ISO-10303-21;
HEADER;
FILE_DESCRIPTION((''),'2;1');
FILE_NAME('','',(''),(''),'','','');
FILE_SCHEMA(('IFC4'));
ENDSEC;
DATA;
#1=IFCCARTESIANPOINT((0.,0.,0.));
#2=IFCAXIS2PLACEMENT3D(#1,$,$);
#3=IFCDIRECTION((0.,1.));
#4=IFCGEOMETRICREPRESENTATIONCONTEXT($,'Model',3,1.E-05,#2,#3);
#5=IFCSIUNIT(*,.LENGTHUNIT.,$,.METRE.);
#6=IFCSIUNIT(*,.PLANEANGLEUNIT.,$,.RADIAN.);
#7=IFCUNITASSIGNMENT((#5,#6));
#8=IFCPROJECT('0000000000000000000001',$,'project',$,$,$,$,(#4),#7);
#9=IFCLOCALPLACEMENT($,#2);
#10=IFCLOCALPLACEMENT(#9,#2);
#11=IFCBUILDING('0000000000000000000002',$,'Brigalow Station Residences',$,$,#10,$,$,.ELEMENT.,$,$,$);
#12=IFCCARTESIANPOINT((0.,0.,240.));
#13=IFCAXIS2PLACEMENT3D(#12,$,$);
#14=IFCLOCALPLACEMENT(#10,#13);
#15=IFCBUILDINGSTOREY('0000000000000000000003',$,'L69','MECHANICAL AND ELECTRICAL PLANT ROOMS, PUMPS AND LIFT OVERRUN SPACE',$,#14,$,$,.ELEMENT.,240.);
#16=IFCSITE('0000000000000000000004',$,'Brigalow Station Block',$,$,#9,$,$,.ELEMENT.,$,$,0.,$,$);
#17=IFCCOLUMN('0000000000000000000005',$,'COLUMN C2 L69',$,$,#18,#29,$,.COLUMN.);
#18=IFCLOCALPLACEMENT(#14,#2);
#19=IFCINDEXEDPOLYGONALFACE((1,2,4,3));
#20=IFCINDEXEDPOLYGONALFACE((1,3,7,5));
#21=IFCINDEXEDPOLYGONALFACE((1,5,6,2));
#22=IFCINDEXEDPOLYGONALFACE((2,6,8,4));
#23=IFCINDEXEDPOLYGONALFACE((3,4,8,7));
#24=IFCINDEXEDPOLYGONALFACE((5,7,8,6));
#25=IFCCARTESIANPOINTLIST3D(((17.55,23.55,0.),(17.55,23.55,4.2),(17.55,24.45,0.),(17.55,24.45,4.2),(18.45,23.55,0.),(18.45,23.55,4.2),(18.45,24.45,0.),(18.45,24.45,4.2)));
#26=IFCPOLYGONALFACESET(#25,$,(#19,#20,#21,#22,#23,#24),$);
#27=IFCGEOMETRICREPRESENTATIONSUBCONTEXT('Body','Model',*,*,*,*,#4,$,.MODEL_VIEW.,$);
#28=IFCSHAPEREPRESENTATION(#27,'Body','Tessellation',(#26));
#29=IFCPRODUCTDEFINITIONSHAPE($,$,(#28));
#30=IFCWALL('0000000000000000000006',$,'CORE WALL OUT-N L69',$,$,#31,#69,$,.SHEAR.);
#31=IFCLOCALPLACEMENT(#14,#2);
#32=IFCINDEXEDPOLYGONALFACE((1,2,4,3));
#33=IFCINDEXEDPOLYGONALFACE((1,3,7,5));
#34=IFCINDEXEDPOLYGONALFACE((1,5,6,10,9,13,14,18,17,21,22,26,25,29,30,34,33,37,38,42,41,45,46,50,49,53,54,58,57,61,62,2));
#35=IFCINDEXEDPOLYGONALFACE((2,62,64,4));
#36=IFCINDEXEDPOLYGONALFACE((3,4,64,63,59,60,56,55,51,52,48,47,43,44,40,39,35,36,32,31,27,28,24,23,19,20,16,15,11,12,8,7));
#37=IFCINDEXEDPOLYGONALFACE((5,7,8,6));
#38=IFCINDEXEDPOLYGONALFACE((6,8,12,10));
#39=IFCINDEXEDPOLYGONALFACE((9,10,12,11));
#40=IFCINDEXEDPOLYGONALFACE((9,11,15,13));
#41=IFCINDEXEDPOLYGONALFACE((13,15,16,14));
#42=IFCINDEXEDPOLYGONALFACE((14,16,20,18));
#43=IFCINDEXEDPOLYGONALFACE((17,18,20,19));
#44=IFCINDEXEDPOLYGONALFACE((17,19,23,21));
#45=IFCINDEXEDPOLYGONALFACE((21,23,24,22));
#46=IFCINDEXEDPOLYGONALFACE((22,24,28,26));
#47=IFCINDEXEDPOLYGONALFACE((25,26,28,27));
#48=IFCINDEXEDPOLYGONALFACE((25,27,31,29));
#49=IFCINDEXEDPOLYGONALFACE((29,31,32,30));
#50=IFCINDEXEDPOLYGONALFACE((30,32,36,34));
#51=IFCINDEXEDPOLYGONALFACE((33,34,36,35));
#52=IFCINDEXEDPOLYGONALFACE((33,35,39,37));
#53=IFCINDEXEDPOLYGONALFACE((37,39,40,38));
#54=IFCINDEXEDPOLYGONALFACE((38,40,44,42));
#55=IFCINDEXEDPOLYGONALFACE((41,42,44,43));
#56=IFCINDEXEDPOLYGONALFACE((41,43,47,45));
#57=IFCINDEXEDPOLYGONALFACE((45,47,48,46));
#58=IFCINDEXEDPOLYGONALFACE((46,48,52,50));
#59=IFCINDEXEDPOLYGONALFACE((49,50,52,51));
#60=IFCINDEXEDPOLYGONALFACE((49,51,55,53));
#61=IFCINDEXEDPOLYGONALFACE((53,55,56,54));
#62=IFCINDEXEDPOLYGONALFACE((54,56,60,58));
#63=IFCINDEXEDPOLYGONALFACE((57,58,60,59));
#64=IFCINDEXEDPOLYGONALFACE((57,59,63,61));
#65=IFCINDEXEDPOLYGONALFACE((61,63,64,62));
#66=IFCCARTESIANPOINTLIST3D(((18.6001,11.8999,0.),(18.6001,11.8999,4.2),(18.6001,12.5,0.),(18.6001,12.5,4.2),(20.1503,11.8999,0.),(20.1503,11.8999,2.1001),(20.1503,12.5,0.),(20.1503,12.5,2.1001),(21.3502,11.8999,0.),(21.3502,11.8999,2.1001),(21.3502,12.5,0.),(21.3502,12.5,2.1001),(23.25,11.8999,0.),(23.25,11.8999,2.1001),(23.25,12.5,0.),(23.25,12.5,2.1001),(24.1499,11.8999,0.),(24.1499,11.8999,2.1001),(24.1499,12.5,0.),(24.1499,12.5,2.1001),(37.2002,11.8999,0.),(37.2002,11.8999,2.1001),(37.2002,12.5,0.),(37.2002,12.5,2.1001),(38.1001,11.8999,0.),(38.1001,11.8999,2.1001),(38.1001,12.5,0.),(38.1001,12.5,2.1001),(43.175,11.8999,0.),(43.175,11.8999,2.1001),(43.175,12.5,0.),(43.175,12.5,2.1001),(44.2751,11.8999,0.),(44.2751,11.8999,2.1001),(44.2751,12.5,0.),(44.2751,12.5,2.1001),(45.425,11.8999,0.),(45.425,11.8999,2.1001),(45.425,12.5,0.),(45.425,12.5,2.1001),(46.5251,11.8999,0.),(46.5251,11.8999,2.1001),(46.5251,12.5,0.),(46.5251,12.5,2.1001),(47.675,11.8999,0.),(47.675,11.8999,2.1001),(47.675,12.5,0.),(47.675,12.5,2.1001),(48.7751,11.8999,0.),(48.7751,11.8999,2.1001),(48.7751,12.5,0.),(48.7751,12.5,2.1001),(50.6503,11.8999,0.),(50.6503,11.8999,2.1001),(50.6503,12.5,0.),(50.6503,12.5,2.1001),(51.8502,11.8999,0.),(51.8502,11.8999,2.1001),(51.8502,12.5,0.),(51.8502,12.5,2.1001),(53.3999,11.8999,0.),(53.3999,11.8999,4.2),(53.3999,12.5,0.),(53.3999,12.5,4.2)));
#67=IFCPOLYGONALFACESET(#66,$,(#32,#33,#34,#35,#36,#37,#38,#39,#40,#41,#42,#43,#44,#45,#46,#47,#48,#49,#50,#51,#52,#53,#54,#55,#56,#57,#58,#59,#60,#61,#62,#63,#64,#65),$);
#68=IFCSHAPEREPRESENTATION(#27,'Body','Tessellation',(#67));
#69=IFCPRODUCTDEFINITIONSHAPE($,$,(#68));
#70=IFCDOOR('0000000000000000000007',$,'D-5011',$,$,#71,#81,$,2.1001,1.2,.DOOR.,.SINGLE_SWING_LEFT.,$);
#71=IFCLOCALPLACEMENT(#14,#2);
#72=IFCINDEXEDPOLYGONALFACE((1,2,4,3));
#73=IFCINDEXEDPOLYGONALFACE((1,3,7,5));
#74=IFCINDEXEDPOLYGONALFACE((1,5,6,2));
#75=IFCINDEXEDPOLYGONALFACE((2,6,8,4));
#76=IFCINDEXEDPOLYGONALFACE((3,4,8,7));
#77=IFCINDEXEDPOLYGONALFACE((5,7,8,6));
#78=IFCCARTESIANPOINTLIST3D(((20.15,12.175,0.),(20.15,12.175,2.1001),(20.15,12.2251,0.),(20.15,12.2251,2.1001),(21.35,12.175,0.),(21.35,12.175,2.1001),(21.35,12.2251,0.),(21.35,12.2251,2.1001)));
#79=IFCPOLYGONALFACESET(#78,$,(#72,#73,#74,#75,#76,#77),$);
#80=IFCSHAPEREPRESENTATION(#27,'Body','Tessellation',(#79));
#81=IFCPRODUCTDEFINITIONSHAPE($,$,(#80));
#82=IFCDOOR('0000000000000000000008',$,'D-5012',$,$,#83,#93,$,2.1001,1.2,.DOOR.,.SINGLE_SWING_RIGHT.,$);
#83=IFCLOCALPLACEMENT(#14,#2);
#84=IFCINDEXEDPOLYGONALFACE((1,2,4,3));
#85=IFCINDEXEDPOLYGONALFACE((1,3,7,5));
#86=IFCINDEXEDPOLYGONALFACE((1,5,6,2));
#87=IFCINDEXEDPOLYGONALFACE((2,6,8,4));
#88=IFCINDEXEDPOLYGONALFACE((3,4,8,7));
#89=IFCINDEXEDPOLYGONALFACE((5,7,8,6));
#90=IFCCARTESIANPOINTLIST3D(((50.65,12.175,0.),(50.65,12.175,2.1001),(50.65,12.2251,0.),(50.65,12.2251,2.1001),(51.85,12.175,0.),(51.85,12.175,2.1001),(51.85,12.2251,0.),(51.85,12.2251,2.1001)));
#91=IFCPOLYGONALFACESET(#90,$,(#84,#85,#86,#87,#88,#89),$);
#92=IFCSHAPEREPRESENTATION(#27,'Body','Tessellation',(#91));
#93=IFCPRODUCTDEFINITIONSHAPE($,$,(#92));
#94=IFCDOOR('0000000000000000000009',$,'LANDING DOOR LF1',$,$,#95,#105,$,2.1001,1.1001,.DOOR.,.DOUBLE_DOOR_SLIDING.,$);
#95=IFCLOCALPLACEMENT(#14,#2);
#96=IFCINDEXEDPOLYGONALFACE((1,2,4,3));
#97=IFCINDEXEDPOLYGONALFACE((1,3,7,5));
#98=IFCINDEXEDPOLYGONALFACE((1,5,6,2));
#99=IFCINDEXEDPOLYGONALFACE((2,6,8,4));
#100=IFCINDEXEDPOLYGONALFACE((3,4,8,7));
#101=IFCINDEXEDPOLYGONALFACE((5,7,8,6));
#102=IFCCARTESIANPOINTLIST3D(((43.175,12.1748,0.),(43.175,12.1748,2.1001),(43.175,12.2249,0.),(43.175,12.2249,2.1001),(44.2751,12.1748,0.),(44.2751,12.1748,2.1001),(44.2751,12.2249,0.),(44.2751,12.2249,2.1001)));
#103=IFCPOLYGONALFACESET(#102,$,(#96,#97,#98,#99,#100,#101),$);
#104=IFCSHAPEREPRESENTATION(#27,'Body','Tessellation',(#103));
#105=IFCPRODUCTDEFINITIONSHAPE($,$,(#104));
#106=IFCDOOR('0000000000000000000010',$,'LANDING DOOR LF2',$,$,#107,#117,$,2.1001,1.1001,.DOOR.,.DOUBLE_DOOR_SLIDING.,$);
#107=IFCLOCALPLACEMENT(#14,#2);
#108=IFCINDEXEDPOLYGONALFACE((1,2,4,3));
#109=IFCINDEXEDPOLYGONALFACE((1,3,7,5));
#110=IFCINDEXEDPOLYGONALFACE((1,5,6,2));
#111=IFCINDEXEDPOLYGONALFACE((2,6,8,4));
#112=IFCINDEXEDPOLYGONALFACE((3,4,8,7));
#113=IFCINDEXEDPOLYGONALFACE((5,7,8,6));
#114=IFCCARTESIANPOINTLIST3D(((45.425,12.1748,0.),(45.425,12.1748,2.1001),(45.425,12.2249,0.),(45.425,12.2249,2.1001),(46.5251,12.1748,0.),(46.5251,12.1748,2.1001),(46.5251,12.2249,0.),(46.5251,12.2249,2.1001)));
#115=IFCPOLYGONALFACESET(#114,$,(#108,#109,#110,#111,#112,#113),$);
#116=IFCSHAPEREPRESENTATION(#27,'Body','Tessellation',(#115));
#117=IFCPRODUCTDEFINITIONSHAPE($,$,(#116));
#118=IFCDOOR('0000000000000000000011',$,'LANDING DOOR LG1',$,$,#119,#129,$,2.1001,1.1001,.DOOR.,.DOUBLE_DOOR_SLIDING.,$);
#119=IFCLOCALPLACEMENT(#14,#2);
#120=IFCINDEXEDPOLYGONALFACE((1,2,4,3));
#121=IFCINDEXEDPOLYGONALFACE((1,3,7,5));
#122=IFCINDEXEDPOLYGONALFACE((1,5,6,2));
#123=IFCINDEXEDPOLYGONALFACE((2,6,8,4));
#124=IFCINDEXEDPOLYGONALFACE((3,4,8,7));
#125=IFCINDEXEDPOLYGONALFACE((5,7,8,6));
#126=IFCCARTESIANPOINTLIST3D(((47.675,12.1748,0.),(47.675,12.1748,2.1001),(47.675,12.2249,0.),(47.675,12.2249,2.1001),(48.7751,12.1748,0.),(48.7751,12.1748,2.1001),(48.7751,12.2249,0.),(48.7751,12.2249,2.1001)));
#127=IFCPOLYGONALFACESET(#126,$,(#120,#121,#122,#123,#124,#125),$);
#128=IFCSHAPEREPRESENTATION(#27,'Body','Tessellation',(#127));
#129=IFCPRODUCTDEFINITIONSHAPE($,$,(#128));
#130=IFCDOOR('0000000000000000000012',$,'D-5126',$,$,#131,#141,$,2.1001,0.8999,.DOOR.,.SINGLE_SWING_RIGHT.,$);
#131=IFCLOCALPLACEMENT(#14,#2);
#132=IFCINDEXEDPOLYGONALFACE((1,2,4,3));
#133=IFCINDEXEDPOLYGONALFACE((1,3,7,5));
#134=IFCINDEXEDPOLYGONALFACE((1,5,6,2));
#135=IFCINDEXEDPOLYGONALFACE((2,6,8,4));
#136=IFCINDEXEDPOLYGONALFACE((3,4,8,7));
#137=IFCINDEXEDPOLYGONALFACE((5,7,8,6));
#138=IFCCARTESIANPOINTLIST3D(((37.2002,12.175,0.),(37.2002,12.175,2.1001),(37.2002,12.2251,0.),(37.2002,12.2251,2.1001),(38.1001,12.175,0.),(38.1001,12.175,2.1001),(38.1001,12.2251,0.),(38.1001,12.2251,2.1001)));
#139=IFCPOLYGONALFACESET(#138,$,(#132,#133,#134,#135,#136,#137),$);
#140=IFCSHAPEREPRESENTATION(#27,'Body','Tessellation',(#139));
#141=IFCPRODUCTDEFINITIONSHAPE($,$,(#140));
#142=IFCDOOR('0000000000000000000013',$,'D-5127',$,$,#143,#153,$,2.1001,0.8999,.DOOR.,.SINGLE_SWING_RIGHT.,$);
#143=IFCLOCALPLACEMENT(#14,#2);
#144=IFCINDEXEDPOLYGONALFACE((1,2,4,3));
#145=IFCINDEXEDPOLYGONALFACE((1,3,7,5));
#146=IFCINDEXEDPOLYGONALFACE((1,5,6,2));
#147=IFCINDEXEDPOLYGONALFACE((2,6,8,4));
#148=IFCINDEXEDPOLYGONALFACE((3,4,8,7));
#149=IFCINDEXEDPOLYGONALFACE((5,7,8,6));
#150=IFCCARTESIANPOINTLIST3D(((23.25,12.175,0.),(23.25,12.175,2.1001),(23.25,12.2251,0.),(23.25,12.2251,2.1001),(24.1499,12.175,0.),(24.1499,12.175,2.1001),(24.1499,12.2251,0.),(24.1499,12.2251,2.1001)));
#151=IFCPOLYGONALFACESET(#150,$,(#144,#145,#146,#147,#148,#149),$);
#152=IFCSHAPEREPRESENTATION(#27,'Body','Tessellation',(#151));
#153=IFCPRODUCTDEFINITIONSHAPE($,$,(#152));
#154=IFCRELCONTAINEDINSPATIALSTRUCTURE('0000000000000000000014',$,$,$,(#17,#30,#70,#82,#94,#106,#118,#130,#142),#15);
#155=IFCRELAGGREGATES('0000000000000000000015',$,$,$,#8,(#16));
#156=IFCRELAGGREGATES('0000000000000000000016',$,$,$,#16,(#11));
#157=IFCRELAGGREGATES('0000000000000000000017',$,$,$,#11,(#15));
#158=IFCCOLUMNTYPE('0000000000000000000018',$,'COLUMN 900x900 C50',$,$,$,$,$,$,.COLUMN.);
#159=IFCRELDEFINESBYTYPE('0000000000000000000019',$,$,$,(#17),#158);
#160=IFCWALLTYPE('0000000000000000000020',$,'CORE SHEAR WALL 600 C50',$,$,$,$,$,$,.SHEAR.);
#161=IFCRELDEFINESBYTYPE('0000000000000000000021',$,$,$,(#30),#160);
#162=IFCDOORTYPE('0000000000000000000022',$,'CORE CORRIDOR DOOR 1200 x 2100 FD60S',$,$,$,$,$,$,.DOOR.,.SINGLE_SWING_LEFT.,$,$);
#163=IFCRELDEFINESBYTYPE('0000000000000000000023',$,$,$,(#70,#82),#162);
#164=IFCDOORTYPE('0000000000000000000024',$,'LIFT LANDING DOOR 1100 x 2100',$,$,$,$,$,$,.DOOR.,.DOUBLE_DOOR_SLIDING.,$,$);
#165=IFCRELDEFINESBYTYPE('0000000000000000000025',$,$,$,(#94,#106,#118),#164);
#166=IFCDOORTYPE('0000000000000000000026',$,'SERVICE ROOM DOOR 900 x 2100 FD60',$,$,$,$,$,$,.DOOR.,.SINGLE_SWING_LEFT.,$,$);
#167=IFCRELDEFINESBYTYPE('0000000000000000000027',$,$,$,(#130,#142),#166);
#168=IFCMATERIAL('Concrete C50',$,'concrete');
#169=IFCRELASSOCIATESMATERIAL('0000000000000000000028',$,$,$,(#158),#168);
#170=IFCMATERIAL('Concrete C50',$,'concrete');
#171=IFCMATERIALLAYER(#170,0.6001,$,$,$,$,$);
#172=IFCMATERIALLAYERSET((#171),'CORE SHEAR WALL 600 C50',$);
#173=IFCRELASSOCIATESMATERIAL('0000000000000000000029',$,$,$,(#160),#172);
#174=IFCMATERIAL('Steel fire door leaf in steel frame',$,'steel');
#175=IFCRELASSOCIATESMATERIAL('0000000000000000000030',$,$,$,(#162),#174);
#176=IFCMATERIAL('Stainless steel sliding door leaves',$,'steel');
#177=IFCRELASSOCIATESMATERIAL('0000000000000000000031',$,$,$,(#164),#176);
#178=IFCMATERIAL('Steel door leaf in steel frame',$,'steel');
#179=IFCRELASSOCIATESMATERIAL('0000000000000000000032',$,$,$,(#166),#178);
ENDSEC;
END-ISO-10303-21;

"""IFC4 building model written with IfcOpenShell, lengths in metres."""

from ifc_helpers import new_model, si_unit, direction, frame, frame_2d, origin, origin_2d, place, context, subcontext, project, spatial, rectangle, extrude, material, layer, layer_set, material_profile, profile_set, type_object, element, fill, save


model = new_model("IFC4")

# Units and contexts
model_context = context("Model", 3, precision=1e-05, world=origin(), true_north=direction((0.0, 1.0)))
body_context = subcontext(model_context, "Body", "Model", "MODEL_VIEW")
ifc_project = project(units=[si_unit("LENGTHUNIT", "METRE"), si_unit("PLANEANGLEUNIT", "RADIAN")], contexts=[model_context])

# Site, building, storey
site_placement = place(None, origin())
site = spatial("IfcSite", under=ifc_project, at=site_placement, Name="Brigalow Station Block", CompositionType="ELEMENT", RefElevation=0.0)
building_placement = place(site_placement, origin())
building = spatial("IfcBuilding", under=site, at=building_placement, Name="Brigalow Station Residences", CompositionType="ELEMENT")
storey_placement = place(building_placement, frame((0.0, 0.0, 240.0)))
storey = spatial("IfcBuildingStorey", under=building, at=storey_placement, Name="L69", Description="MECHANICAL AND ELECTRICAL PLANT ROOMS, PUMPS AND LIFT OVERRUN SPACE", CompositionType="ELEMENT", Elevation=240.0)

# Column
ifc_material_1 = material(Name="Concrete C50", Category="concrete")
ifc_material_profile = material_profile(ifc_material_1, rectangle(XDim=0.8999, YDim=0.8999, at=origin_2d()), Name="RC900x900")
ifc_profile_set = profile_set([ifc_material_profile], Name="Concrete C50")
column_type = type_object("IfcColumnType", Name="COLUMN 900x900 C50", PredefinedType="COLUMN", material=ifc_profile_set)
column_placement = place(storey_placement, frame((18.0, 24.0, 0.0), z_axis=(0.0, 0.0, 1.0), x_axis=(1.0, 0.0, 0.0)))
element("IfcColumn", 1, at=column_placement, inside=storey, type_object=column_type, Name="COLUMN C2 L69", PredefinedType="COLUMN", context=body_context, shape_type="SweptSolid", body=[
    extrude(rectangle(XDim=0.8999, YDim=0.8999, at=origin_2d()), origin(), (0.0, 0.0, 1.0), 4.2),
])

# Wall, openings, doors
ifc_material_2 = material(Name="Concrete C50", Category="concrete")
ifc_layer_1 = layer(ifc_material_2, 0.6001)
ifc_layer_set_1 = layer_set([ifc_layer_1], Name="CORE SHEAR WALL 600 C50")
wall_type_1 = type_object("IfcWallType", Name="CORE SHEAR WALL 600 C50", PredefinedType="SHEAR", material=ifc_layer_set_1)
wall_1_placement = place(storey_placement, frame((18.6001, 12.2, 0.0), z_axis=(0.0, 0.0, 1.0), x_axis=(1.0, 0.0, 0.0)))
wall_1 = element("IfcWall", 2, at=wall_1_placement, inside=storey, type_object=wall_type_1, Name="CORE WALL OUT-N L69", PredefinedType="SHEAR", context=body_context, shape_type="SweptSolid", body=[
    extrude(rectangle(XDim=34.7998, YDim=0.6001, at=frame_2d((17.3999, 0.0))), origin(), (0.0, 0.0, 1.0), 4.2),
])
opening_1_placement = place(wall_1_placement, frame((24.575, 0.0, 0.0)))
opening_1 = element("IfcOpeningElement", 3, at=opening_1_placement, cuts=wall_1, PredefinedType="OPENING", context=body_context, shape_type="SweptSolid", body=[
    extrude(rectangle(XDim=1.1001, YDim=2.1001, at=frame_2d((0.55, 1.05))), frame((0.0, 0.3101, 0.0), z_axis=(0.0, -1.0, 0.0), x_axis=(1.0, 0.0, 0.0)), (0.0, 0.0, 1.0), 0.6201),
])
opening_2_placement = place(wall_1_placement, frame((26.825, 0.0, 0.0)))
opening_2 = element("IfcOpeningElement", 4, at=opening_2_placement, cuts=wall_1, PredefinedType="OPENING", context=body_context, shape_type="SweptSolid", body=[
    extrude(rectangle(XDim=1.1001, YDim=2.1001, at=frame_2d((0.55, 1.05))), frame((0.0, 0.3101, 0.0), z_axis=(0.0, -1.0, 0.0), x_axis=(1.0, 0.0, 0.0)), (0.0, 0.0, 1.0), 0.6201),
])
opening_3_placement = place(wall_1_placement, frame((29.075, 0.0, 0.0)))
opening_3 = element("IfcOpeningElement", 5, at=opening_3_placement, cuts=wall_1, PredefinedType="OPENING", context=body_context, shape_type="SweptSolid", body=[
    extrude(rectangle(XDim=1.1001, YDim=2.1001, at=frame_2d((0.55, 1.05))), frame((0.0, 0.3101, 0.0), z_axis=(0.0, -1.0, 0.0), x_axis=(1.0, 0.0, 0.0)), (0.0, 0.0, 1.0), 0.6201),
])
opening_4_placement = place(wall_1_placement, frame((18.6001, 0.0, 0.0)))
opening_4 = element("IfcOpeningElement", 6, at=opening_4_placement, cuts=wall_1, PredefinedType="OPENING", context=body_context, shape_type="SweptSolid", body=[
    extrude(rectangle(XDim=0.8999, YDim=2.1001, at=frame_2d((0.45, 1.05))), frame((0.0, 0.3101, 0.0), z_axis=(0.0, -1.0, 0.0), x_axis=(1.0, 0.0, 0.0)), (0.0, 0.0, 1.0), 0.6201),
])
opening_5_placement = place(wall_1_placement, frame((4.6499, 0.0, 0.0)))
opening_5 = element("IfcOpeningElement", 7, at=opening_5_placement, cuts=wall_1, PredefinedType="OPENING", context=body_context, shape_type="SweptSolid", body=[
    extrude(rectangle(XDim=0.8999, YDim=2.1001, at=frame_2d((0.45, 1.05))), frame((0.0, 0.3101, 0.0), z_axis=(0.0, -1.0, 0.0), x_axis=(1.0, 0.0, 0.0)), (0.0, 0.0, 1.0), 0.6201),
])
opening_6_placement = place(wall_1_placement, frame((1.55, 0.0, 0.0)))
opening_6 = element("IfcOpeningElement", 8, at=opening_6_placement, cuts=wall_1, PredefinedType="OPENING", context=body_context, shape_type="SweptSolid", body=[
    extrude(rectangle(XDim=1.2, YDim=2.1001, at=frame_2d((0.6001, 1.05))), frame((0.0, 0.3101, 0.0), z_axis=(0.0, -1.0, 0.0), x_axis=(1.0, 0.0, 0.0)), (0.0, 0.0, 1.0), 0.6201),
])
opening_7_placement = place(wall_1_placement, frame((32.05, 0.0, 0.0)))
opening_7 = element("IfcOpeningElement", 9, at=opening_7_placement, cuts=wall_1, PredefinedType="OPENING", context=body_context, shape_type="SweptSolid", body=[
    extrude(rectangle(XDim=1.2, YDim=2.1001, at=frame_2d((0.6001, 1.05))), frame((0.0, 0.3101, 0.0), z_axis=(0.0, -1.0, 0.0), x_axis=(1.0, 0.0, 0.0)), (0.0, 0.0, 1.0), 0.6201),
])
ifc_material_3 = material(Name="Steel fire door leaf in steel frame", Category="steel")
door_type_1 = type_object("IfcDoorType", Name="CORE CORRIDOR DOOR 1200 x 2100 FD60S", OperationType="SINGLE_SWING_LEFT", PredefinedType="DOOR", material=ifc_material_3)
door_1_placement = place(opening_6_placement, frame((1.2, 0.0, 0.0), z_axis=(0.0, 0.0, 1.0), x_axis=(-1.0, 0.0, 0.0)))
door_1 = element("IfcDoor", 10, at=door_1_placement, inside=storey, type_object=door_type_1, Name="D-5011", OperationType="SINGLE_SWING_LEFT", OverallHeight=2.1001, OverallWidth=1.2, PredefinedType="DOOR", context=body_context, shape_type="SweptSolid", body=[
    extrude(rectangle(XDim=1.2, YDim=2.1001, at=frame_2d((0.6001, 1.05))), frame((0.0, 0.0249, 0.0), z_axis=(0.0, -1.0, 0.0), x_axis=(1.0, 0.0, 0.0)), (0.0, 0.0, 1.0), 0.05),
])
fill(opening_6, door_1)
door_2_placement = place(opening_7_placement, frame((1.2, 0.0, 0.0), z_axis=(0.0, 0.0, 1.0), x_axis=(-1.0, 0.0, 0.0)))
door_2 = element("IfcDoor", 11, at=door_2_placement, inside=storey, type_object=door_type_1, Name="D-5012", OperationType="SINGLE_SWING_RIGHT", OverallHeight=2.1001, OverallWidth=1.2, PredefinedType="DOOR", context=body_context, shape_type="SweptSolid", body=[
    extrude(rectangle(XDim=1.2, YDim=2.1001, at=frame_2d((0.6001, 1.05))), frame((0.0, 0.0249, 0.0), z_axis=(0.0, -1.0, 0.0), x_axis=(1.0, 0.0, 0.0)), (0.0, 0.0, 1.0), 0.05),
])
fill(opening_7, door_2)
ifc_material_4 = material(Name="Stainless steel sliding door leaves", Category="steel")
door_type_2 = type_object("IfcDoorType", Name="LIFT LANDING DOOR 1100 x 2100", OperationType="DOUBLE_DOOR_SLIDING", PredefinedType="DOOR", material=ifc_material_4)
door_3_placement = place(opening_1_placement, origin())
door_3 = element("IfcDoor", 12, at=door_3_placement, inside=storey, type_object=door_type_2, Name="LANDING DOOR LF1", OperationType="DOUBLE_DOOR_SLIDING", OverallHeight=2.1001, OverallWidth=1.1001, PredefinedType="DOOR", context=body_context, shape_type="SweptSolid", body=[
    extrude(rectangle(XDim=1.1001, YDim=2.1001, at=frame_2d((0.55, 1.05))), frame((0.0, 0.0249, 0.0), z_axis=(0.0, -1.0, 0.0), x_axis=(1.0, 0.0, 0.0)), (0.0, 0.0, 1.0), 0.05),
])
fill(opening_1, door_3)
door_4_placement = place(opening_2_placement, origin())
door_4 = element("IfcDoor", 13, at=door_4_placement, inside=storey, type_object=door_type_2, Name="LANDING DOOR LF2", OperationType="DOUBLE_DOOR_SLIDING", OverallHeight=2.1001, OverallWidth=1.1001, PredefinedType="DOOR", context=body_context, shape_type="SweptSolid", body=[
    extrude(rectangle(XDim=1.1001, YDim=2.1001, at=frame_2d((0.55, 1.05))), frame((0.0, 0.0249, 0.0), z_axis=(0.0, -1.0, 0.0), x_axis=(1.0, 0.0, 0.0)), (0.0, 0.0, 1.0), 0.05),
])
fill(opening_2, door_4)
door_5_placement = place(opening_3_placement, origin())
door_5 = element("IfcDoor", 14, at=door_5_placement, inside=storey, type_object=door_type_2, Name="LANDING DOOR LG1", OperationType="DOUBLE_DOOR_SLIDING", OverallHeight=2.1001, OverallWidth=1.1001, PredefinedType="DOOR", context=body_context, shape_type="SweptSolid", body=[
    extrude(rectangle(XDim=1.1001, YDim=2.1001, at=frame_2d((0.55, 1.05))), frame((0.0, 0.0249, 0.0), z_axis=(0.0, -1.0, 0.0), x_axis=(1.0, 0.0, 0.0)), (0.0, 0.0, 1.0), 0.05),
])
fill(opening_3, door_5)
ifc_material_5 = material(Name="Steel door leaf in steel frame", Category="steel")
door_type_3 = type_object("IfcDoorType", Name="SERVICE ROOM DOOR 900 x 2100 FD60", OperationType="SINGLE_SWING_LEFT", PredefinedType="DOOR", material=ifc_material_5)
door_6_placement = place(opening_4_placement, frame((0.8999, 0.0, 0.0), z_axis=(0.0, 0.0, 1.0), x_axis=(-1.0, 0.0, 0.0)))
door_6 = element("IfcDoor", 15, at=door_6_placement, inside=storey, type_object=door_type_3, Name="D-5126", OperationType="SINGLE_SWING_RIGHT", OverallHeight=2.1001, OverallWidth=0.8999, PredefinedType="DOOR", context=body_context, shape_type="SweptSolid", body=[
    extrude(rectangle(XDim=0.8999, YDim=2.1001, at=frame_2d((0.45, 1.05))), frame((0.0, 0.0249, 0.0), z_axis=(0.0, -1.0, 0.0), x_axis=(1.0, 0.0, 0.0)), (0.0, 0.0, 1.0), 0.05),
])
fill(opening_4, door_6)
door_7_placement = place(opening_5_placement, frame((0.8999, 0.0, 0.0), z_axis=(0.0, 0.0, 1.0), x_axis=(-1.0, 0.0, 0.0)))
door_7 = element("IfcDoor", 16, at=door_7_placement, inside=storey, type_object=door_type_3, Name="D-5127", OperationType="SINGLE_SWING_RIGHT", OverallHeight=2.1001, OverallWidth=0.8999, PredefinedType="DOOR", context=body_context, shape_type="SweptSolid", body=[
    extrude(rectangle(XDim=0.8999, YDim=2.1001, at=frame_2d((0.45, 1.05))), frame((0.0, 0.0249, 0.0), z_axis=(0.0, -1.0, 0.0), x_axis=(1.0, 0.0, 0.0)), (0.0, 0.0, 1.0), 0.05),
])
fill(opening_5, door_7)

save(model, "model.ifc")
